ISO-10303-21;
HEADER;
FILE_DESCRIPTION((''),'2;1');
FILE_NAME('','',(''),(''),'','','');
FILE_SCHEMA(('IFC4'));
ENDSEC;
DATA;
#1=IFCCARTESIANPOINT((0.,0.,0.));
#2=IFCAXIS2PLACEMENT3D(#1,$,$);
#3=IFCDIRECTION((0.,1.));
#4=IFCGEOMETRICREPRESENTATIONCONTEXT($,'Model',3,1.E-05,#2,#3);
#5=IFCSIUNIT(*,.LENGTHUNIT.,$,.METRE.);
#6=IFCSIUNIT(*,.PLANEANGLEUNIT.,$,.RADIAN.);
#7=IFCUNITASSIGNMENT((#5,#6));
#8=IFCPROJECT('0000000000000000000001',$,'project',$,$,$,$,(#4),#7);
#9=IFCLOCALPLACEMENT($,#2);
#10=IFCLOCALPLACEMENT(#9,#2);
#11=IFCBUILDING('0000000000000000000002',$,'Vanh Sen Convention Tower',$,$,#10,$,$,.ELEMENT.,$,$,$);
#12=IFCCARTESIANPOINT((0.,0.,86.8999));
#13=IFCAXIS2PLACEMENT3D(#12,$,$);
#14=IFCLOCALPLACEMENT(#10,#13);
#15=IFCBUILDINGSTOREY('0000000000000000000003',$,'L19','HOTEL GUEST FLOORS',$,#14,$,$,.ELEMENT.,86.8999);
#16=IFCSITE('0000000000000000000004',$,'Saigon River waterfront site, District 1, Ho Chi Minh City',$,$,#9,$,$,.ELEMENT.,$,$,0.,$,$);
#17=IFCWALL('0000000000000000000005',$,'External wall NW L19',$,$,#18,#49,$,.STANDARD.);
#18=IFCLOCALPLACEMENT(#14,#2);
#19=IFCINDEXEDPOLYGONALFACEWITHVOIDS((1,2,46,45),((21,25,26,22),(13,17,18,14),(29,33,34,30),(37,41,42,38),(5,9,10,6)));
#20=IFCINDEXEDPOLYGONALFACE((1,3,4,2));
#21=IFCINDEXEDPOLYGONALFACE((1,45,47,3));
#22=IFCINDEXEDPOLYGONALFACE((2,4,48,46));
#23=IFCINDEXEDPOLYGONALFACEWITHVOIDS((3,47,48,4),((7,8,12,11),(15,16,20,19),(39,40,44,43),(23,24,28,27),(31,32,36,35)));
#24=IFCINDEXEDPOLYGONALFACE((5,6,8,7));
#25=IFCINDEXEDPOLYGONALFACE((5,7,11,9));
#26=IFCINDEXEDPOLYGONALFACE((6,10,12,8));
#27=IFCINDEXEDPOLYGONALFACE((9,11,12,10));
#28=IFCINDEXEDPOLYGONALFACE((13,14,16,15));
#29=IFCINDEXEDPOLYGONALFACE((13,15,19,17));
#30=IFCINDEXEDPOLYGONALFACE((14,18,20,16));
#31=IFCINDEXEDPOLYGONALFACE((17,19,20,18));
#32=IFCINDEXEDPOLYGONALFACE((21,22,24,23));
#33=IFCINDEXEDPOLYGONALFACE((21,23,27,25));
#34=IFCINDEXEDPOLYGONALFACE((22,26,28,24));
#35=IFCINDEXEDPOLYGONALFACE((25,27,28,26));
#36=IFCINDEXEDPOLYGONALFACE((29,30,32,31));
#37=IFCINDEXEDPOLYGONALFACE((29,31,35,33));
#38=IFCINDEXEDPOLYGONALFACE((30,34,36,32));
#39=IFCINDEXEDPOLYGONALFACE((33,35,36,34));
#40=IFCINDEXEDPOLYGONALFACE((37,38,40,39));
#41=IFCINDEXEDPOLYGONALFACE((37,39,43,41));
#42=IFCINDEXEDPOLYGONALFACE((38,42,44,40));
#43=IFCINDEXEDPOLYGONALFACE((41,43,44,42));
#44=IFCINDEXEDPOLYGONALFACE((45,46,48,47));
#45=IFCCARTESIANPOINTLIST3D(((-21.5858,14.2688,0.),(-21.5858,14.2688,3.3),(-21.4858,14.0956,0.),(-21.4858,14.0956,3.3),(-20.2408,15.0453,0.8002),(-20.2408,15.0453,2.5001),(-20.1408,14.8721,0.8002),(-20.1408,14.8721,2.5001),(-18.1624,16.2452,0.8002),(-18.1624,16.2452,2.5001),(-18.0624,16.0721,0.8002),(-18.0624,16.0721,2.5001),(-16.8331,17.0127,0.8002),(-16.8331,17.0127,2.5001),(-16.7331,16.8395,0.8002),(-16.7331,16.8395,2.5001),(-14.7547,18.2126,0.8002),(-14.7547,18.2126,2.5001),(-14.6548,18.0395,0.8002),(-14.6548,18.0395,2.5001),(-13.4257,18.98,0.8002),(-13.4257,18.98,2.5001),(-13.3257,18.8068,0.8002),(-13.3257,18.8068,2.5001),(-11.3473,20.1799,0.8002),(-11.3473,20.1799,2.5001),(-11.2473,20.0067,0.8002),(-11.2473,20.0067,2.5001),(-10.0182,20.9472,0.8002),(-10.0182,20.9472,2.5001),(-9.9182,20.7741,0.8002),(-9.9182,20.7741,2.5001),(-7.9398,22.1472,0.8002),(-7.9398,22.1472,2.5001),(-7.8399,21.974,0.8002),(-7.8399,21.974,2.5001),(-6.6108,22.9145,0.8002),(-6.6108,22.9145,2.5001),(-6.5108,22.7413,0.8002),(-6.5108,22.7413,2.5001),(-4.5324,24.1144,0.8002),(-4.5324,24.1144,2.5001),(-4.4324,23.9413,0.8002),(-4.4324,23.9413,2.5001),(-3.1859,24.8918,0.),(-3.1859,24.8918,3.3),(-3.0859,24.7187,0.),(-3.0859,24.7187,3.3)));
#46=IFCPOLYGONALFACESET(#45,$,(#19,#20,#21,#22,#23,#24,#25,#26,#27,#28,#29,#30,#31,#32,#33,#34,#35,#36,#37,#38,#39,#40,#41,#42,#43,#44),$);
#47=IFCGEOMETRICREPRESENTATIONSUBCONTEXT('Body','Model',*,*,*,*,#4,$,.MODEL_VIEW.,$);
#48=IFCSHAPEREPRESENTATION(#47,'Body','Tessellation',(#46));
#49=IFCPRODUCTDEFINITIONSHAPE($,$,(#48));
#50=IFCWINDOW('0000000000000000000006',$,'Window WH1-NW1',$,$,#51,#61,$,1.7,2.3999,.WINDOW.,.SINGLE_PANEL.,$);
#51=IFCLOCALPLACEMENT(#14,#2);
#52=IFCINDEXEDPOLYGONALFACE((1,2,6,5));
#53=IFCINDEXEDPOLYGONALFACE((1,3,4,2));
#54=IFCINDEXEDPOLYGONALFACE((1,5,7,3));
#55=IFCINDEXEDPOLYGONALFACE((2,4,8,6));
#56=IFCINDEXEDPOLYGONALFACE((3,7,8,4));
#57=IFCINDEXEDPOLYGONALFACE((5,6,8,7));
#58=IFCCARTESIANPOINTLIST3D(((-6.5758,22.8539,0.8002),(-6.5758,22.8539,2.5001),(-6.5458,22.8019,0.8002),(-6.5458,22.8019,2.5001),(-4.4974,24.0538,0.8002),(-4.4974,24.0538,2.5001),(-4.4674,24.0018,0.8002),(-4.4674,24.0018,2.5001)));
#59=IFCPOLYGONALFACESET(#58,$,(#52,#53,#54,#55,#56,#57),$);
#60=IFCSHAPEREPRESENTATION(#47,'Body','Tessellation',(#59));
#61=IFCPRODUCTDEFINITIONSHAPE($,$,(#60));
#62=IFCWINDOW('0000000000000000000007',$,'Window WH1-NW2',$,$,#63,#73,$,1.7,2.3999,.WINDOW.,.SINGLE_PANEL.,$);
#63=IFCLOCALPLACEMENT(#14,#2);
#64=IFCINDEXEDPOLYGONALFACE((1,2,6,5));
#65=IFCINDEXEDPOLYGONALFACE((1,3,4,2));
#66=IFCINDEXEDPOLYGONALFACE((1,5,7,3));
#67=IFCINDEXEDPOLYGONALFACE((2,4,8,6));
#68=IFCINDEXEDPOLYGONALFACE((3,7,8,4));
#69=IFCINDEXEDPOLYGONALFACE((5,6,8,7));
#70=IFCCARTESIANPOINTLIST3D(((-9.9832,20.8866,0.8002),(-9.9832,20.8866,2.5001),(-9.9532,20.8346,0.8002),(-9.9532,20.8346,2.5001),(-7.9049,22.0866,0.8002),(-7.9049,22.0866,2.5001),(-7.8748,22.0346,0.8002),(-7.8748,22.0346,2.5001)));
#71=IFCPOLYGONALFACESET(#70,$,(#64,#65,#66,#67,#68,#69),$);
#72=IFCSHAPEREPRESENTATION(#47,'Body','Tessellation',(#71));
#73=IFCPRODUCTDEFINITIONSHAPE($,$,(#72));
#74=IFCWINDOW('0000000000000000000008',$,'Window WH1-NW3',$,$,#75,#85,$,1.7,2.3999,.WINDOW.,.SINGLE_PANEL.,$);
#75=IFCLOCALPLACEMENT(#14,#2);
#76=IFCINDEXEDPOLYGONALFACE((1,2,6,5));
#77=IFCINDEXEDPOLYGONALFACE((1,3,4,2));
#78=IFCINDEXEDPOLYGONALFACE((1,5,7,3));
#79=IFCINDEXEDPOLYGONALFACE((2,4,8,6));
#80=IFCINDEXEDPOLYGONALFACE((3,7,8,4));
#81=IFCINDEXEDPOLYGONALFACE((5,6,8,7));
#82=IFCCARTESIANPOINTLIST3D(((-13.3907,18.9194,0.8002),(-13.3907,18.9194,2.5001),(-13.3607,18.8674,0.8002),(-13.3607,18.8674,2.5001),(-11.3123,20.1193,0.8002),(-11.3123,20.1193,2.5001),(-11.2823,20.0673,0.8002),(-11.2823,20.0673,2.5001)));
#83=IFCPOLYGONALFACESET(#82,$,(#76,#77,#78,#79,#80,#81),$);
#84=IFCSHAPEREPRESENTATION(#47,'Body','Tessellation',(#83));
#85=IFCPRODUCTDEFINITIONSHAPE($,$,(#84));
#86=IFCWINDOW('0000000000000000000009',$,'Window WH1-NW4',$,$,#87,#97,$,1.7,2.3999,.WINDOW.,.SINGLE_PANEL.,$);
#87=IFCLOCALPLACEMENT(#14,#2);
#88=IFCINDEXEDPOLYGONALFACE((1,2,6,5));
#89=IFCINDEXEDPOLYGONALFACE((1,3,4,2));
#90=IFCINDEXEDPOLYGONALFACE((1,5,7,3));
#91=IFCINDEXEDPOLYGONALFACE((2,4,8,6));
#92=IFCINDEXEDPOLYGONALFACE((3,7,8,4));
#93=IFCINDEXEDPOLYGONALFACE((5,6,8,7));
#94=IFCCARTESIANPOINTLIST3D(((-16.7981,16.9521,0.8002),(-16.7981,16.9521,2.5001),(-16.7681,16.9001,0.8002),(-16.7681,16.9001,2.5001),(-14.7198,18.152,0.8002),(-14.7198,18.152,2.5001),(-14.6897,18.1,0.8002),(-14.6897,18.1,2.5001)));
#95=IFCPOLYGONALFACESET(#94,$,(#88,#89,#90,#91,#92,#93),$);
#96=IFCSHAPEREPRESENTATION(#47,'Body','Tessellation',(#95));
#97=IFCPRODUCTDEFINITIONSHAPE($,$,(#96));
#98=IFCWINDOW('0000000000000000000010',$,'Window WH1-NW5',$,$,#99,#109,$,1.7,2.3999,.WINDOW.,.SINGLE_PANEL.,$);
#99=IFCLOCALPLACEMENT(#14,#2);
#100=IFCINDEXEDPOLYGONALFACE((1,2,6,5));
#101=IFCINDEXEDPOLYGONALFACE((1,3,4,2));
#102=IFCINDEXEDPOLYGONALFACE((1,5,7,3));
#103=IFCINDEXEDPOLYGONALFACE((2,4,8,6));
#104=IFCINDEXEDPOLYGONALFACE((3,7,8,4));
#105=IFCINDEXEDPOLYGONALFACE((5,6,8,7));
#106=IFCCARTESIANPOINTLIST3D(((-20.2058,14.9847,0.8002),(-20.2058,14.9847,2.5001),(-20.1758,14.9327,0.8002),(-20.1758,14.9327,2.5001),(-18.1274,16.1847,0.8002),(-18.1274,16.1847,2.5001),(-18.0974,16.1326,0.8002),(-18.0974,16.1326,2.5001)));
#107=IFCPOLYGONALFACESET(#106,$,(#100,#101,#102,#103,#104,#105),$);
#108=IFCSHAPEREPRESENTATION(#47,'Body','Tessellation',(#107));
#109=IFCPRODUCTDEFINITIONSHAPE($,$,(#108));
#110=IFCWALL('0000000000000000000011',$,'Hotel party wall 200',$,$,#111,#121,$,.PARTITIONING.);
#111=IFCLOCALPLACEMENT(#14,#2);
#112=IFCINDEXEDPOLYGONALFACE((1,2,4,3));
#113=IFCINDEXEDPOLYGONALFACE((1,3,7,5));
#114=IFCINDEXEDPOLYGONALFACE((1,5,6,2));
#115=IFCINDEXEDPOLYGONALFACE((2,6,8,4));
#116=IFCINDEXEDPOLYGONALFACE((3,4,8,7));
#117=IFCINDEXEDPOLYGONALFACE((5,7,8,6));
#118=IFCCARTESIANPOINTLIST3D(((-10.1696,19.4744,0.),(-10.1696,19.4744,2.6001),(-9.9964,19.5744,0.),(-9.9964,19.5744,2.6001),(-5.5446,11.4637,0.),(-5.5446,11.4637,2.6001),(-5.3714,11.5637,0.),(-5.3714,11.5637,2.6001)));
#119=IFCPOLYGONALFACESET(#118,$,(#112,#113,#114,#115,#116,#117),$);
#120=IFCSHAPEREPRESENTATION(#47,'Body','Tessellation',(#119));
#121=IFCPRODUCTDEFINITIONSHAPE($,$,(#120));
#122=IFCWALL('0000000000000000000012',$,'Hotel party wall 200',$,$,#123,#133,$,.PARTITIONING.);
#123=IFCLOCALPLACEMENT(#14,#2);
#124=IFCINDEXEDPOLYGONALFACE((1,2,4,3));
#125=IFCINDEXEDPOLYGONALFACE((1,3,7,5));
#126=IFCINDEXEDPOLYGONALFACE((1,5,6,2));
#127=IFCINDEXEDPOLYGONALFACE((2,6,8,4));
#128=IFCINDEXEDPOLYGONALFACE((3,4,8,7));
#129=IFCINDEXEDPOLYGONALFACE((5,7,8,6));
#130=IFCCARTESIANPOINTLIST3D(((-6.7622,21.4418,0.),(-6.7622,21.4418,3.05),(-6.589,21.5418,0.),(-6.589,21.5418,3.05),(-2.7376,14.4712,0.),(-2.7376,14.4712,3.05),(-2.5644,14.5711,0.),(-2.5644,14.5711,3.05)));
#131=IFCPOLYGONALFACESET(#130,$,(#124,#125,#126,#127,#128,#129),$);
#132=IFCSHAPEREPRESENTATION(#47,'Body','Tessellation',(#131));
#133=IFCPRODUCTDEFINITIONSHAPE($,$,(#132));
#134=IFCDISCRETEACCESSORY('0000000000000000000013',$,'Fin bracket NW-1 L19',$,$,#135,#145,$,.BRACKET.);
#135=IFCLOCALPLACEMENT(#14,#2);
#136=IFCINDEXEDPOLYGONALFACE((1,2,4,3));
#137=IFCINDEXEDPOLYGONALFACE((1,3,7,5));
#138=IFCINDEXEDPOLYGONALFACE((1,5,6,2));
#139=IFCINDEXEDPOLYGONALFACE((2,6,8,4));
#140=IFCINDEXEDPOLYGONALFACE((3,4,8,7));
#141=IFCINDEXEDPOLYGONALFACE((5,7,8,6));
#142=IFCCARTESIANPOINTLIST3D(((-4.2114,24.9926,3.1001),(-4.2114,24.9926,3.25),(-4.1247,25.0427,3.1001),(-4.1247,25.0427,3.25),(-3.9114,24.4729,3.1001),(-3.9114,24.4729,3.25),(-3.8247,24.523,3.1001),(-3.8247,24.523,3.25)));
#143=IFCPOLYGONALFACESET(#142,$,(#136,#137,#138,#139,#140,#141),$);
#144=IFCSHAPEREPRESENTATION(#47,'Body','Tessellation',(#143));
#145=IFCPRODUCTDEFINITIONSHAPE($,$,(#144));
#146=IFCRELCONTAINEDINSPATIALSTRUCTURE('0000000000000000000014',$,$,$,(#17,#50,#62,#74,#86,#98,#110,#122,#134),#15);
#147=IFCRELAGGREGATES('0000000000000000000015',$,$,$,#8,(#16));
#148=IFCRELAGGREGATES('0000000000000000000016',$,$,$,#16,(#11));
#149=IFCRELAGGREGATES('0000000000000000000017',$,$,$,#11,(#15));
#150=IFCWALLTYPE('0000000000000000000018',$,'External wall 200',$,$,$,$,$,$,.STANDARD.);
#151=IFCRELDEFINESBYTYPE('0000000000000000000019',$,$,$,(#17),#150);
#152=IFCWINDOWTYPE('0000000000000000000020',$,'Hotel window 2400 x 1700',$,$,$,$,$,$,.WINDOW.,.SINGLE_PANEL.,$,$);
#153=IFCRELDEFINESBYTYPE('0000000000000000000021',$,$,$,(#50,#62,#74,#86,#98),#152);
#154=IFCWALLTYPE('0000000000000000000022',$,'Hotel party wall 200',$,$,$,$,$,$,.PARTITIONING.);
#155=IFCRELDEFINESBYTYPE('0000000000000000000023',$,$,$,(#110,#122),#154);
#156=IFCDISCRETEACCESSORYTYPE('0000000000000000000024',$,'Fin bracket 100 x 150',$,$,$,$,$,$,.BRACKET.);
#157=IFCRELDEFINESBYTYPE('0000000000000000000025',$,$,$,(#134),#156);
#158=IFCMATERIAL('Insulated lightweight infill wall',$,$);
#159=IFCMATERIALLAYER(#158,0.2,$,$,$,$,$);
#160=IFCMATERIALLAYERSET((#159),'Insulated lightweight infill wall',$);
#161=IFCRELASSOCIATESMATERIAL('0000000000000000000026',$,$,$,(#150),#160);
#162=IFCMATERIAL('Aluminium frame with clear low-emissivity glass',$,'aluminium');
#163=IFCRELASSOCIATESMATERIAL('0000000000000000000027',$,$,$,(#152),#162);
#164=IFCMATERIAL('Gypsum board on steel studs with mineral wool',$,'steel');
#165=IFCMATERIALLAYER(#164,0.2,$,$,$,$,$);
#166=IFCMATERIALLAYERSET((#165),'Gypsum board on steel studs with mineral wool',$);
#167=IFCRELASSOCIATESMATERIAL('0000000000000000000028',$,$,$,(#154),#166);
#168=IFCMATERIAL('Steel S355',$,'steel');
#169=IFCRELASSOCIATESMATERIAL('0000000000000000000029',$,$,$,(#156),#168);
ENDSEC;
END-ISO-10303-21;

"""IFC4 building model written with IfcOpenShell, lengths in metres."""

from ifc_helpers import new_model, si_unit, direction, frame, frame_2d, origin, origin_2d, place, context, subcontext, project, spatial, rectangle, extrude, material, layer, layer_set, type_object, element, fill, save


model = new_model("IFC4")

# Units and contexts
model_context = context("Model", 3, precision=1e-05, world=origin(), true_north=direction((0.0, 1.0)))
body_context = subcontext(model_context, "Body", "Model", "MODEL_VIEW")
ifc_project = project(units=[si_unit("LENGTHUNIT", "METRE"), si_unit("PLANEANGLEUNIT", "RADIAN")], contexts=[model_context])

# Site, building, storey
site_placement = place(None, origin())
site = spatial("IfcSite", under=ifc_project, at=site_placement, Name="Saigon River waterfront site, District 1, Ho Chi Minh City", CompositionType="ELEMENT", RefElevation=0.0)
building_placement = place(site_placement, origin())
building = spatial("IfcBuilding", under=site, at=building_placement, Name="Vanh Sen Convention Tower", CompositionType="ELEMENT")
storey_placement = place(building_placement, frame((0.0, 0.0, 86.8999)))
storey = spatial("IfcBuildingStorey", under=building, at=storey_placement, Name="L19", Description="HOTEL GUEST FLOORS", CompositionType="ELEMENT", Elevation=86.8999)

# Shared definitions
ifc_material_1 = material(Name="Gypsum board on steel studs with mineral wool", Category="steel")

# Wall, openings, windows
ifc_material_2 = material(Name="Insulated lightweight infill wall")
ifc_layer_1 = layer(ifc_material_2, 0.2)
ifc_layer_set_1 = layer_set([ifc_layer_1], Name="Insulated lightweight infill wall")
wall_type_1 = type_object("IfcWallType", Name="External wall 200", PredefinedType="STANDARD", material=ifc_layer_set_1)
wall_1_placement = place(storey_placement, frame((-3.136, 24.8052, 0.0), z_axis=(0.0, 0.0, 1.0), x_axis=(-0.866028, -0.499995, 0.0)))
wall_1 = element("IfcWall", 1, at=wall_1_placement, inside=storey, type_object=wall_type_1, Name="External wall NW L19", PredefinedType="STANDARD", context=body_context, shape_type="SweptSolid", body=[
    extrude(rectangle(XDim=21.2463, YDim=0.2, at=frame_2d((10.623, 0.0))), origin(), (0.0, 0.0, 1.0), 3.3),
])
opening_1_placement = place(wall_1_placement, frame((1.5547, 0.0, 0.8)))
opening_1 = element("IfcOpeningElement", 2, at=opening_1_placement, cuts=wall_1, PredefinedType="OPENING", context=body_context, shape_type="SweptSolid", body=[
    extrude(rectangle(XDim=2.3999, YDim=1.7, at=frame_2d((1.2, 0.8501))), frame((0.0, 0.1099, 0.0), z_axis=(0.0, -1.0, 0.0), x_axis=(1.0, 0.0, 0.0)), (0.0, 0.0, 1.0), 0.22),
])
opening_2_placement = place(wall_1_placement, frame((5.4893, 0.0, 0.8)))
opening_2 = element("IfcOpeningElement", 3, at=opening_2_placement, cuts=wall_1, PredefinedType="OPENING", context=body_context, shape_type="SweptSolid", body=[
    extrude(rectangle(XDim=2.3999, YDim=1.7, at=frame_2d((1.2, 0.8501))), frame((0.0, 0.1099, 0.0), z_axis=(0.0, -1.0, 0.0), x_axis=(1.0, 0.0, 0.0)), (0.0, 0.0, 1.0), 0.22),
])
opening_3_placement = place(wall_1_placement, frame((9.4238, 0.0, 0.8)))
opening_3 = element("IfcOpeningElement", 4, at=opening_3_placement, cuts=wall_1, PredefinedType="OPENING", context=body_context, shape_type="SweptSolid", body=[
    extrude(rectangle(XDim=2.3999, YDim=1.7, at=frame_2d((1.2, 0.8501))), frame((0.0, 0.1099, 0.0), z_axis=(0.0, -1.0, 0.0), x_axis=(1.0, 0.0, 0.0)), (0.0, 0.0, 1.0), 0.22),
])
opening_4_placement = place(wall_1_placement, frame((13.3584, 0.0, 0.8)))
opening_4 = element("IfcOpeningElement", 5, at=opening_4_placement, cuts=wall_1, PredefinedType="OPENING", context=body_context, shape_type="SweptSolid", body=[
    extrude(rectangle(XDim=2.3999, YDim=1.7, at=frame_2d((1.2, 0.8501))), frame((0.0, 0.1099, 0.0), z_axis=(0.0, -1.0, 0.0), x_axis=(1.0, 0.0, 0.0)), (0.0, 0.0, 1.0), 0.22),
])
opening_5_placement = place(wall_1_placement, frame((17.2932, 0.0, 0.8)))
opening_5 = element("IfcOpeningElement", 6, at=opening_5_placement, cuts=wall_1, PredefinedType="OPENING", context=body_context, shape_type="SweptSolid", body=[
    extrude(rectangle(XDim=2.3999, YDim=1.7, at=frame_2d((1.2, 0.8501))), frame((0.0, 0.1099, 0.0), z_axis=(0.0, -1.0, 0.0), x_axis=(1.0, 0.0, 0.0)), (0.0, 0.0, 1.0), 0.22),
])
ifc_material_3 = material(Name="Aluminium frame with clear low-emissivity glass", Category="aluminium")
window_type = type_object("IfcWindowType", Name="Hotel window 2400 x 1700", PartitioningType="SINGLE_PANEL", PredefinedType="WINDOW", material=ifc_material_3)
window_1_placement = place(opening_1_placement, origin())
window_1 = element("IfcWindow", 7, at=window_1_placement, inside=storey, type_object=window_type, Name="Window WH1-NW1", OverallHeight=1.7, OverallWidth=2.3999, PartitioningType="SINGLE_PANEL", PredefinedType="WINDOW", context=body_context, shape_type="SweptSolid", body=[
    extrude(rectangle(XDim=2.3999, YDim=1.7, at=frame_2d((1.2, 0.8501))), frame((0.0, 0.03, 0.0), z_axis=(0.0, -1.0, 0.0), x_axis=(1.0, 0.0, 0.0)), (0.0, 0.0, 1.0), 0.0601),
])
fill(opening_1, window_1)
window_2_placement = place(opening_2_placement, origin())
window_2 = element("IfcWindow", 8, at=window_2_placement, inside=storey, type_object=window_type, Name="Window WH1-NW2", OverallHeight=1.7, OverallWidth=2.3999, PartitioningType="SINGLE_PANEL", PredefinedType="WINDOW", context=body_context, shape_type="SweptSolid", body=[
    extrude(rectangle(XDim=2.3999, YDim=1.7, at=frame_2d((1.2, 0.8501))), frame((0.0, 0.03, 0.0), z_axis=(0.0, -1.0, 0.0), x_axis=(1.0, 0.0, 0.0)), (0.0, 0.0, 1.0), 0.0601),
])
fill(opening_2, window_2)
window_3_placement = place(opening_3_placement, origin())
window_3 = element("IfcWindow", 9, at=window_3_placement, inside=storey, type_object=window_type, Name="Window WH1-NW3", OverallHeight=1.7, OverallWidth=2.3999, PartitioningType="SINGLE_PANEL", PredefinedType="WINDOW", context=body_context, shape_type="SweptSolid", body=[
    extrude(rectangle(XDim=2.3999, YDim=1.7, at=frame_2d((1.2, 0.8501))), frame((0.0, 0.03, 0.0), z_axis=(0.0, -1.0, 0.0), x_axis=(1.0, 0.0, 0.0)), (0.0, 0.0, 1.0), 0.0601),
])
fill(opening_3, window_3)
window_4_placement = place(opening_4_placement, origin())
window_4 = element("IfcWindow", 10, at=window_4_placement, inside=storey, type_object=window_type, Name="Window WH1-NW4", OverallHeight=1.7, OverallWidth=2.3999, PartitioningType="SINGLE_PANEL", PredefinedType="WINDOW", context=body_context, shape_type="SweptSolid", body=[
    extrude(rectangle(XDim=2.3999, YDim=1.7, at=frame_2d((1.2, 0.8501))), frame((0.0, 0.03, 0.0), z_axis=(0.0, -1.0, 0.0), x_axis=(1.0, 0.0, 0.0)), (0.0, 0.0, 1.0), 0.0601),
])
fill(opening_4, window_4)
window_5_placement = place(opening_5_placement, origin())
window_5 = element("IfcWindow", 11, at=window_5_placement, inside=storey, type_object=window_type, Name="Window WH1-NW5", OverallHeight=1.7, OverallWidth=2.3999, PartitioningType="SINGLE_PANEL", PredefinedType="WINDOW", context=body_context, shape_type="SweptSolid", body=[
    extrude(rectangle(XDim=2.3999, YDim=1.7, at=frame_2d((1.2, 0.8501))), frame((0.0, 0.03, 0.0), z_axis=(0.0, -1.0, 0.0), x_axis=(1.0, 0.0, 0.0)), (0.0, 0.0, 1.0), 0.0601),
])
fill(opening_5, window_5)

# Walls
ifc_layer_2 = layer(ifc_material_1, 0.2)
ifc_layer_set_2 = layer_set([ifc_layer_2], Name="Gypsum board on steel studs with mineral wool")
wall_type_2 = type_object("IfcWallType", Name="Hotel party wall 200", PredefinedType="PARTITIONING", material=ifc_layer_set_2)
wall_2_placement = place(storey_placement, frame((-10.083, 19.5244, 0.0), z_axis=(0.0, 0.0, 1.0), x_axis=(0.5, -0.866026, 0.0)))
element("IfcWall", 12, at=wall_2_placement, inside=storey, type_object=wall_type_2, Name="Hotel party wall 200", PredefinedType="PARTITIONING", context=body_context, shape_type="SweptSolid", body=[
    extrude(rectangle(XDim=9.25, YDim=0.2, at=frame_2d((4.625, 0.0))), origin(), (0.0, 0.0, 1.0), 2.6001),
])
wall_3_placement = place(storey_placement, frame((-6.6755, 21.4917, 0.0), z_axis=(0.0, 0.0, 1.0), x_axis=(0.500011, -0.866019, 0.0)))
element("IfcWall", 13, at=wall_3_placement, inside=storey, type_object=wall_type_2, Name="Hotel party wall 200", PredefinedType="PARTITIONING", context=body_context, shape_type="SweptSolid", body=[
    extrude(rectangle(XDim=8.0491, YDim=0.2, at=frame_2d((4.0244, 0.0))), origin(), (0.0, 0.0, 1.0), 3.05),
])

# Discrete accessory
ifc_material_4 = material(Name="Steel S355", Category="steel")
discrete_accessory_type = type_object("IfcDiscreteAccessoryType", Name="Fin bracket 100 x 150", PredefinedType="BRACKET", material=ifc_material_4)
discrete_accessory_placement = place(storey_placement, frame((-4.0181, 24.7578, 3.1001), z_axis=(0.0, 0.0, 1.0), x_axis=(-0.5, 0.866025, 0.0)))
element("IfcDiscreteAccessory", 14, at=discrete_accessory_placement, inside=storey, type_object=discrete_accessory_type, Name="Fin bracket NW-1 L19", PredefinedType="BRACKET", context=body_context, shape_type="SweptSolid", body=[
    extrude(rectangle(XDim=0.6001, YDim=0.1001, at=origin_2d()), origin(), (0.0, 0.0, 1.0), 0.1499),
])

save(model, "model.ifc")
